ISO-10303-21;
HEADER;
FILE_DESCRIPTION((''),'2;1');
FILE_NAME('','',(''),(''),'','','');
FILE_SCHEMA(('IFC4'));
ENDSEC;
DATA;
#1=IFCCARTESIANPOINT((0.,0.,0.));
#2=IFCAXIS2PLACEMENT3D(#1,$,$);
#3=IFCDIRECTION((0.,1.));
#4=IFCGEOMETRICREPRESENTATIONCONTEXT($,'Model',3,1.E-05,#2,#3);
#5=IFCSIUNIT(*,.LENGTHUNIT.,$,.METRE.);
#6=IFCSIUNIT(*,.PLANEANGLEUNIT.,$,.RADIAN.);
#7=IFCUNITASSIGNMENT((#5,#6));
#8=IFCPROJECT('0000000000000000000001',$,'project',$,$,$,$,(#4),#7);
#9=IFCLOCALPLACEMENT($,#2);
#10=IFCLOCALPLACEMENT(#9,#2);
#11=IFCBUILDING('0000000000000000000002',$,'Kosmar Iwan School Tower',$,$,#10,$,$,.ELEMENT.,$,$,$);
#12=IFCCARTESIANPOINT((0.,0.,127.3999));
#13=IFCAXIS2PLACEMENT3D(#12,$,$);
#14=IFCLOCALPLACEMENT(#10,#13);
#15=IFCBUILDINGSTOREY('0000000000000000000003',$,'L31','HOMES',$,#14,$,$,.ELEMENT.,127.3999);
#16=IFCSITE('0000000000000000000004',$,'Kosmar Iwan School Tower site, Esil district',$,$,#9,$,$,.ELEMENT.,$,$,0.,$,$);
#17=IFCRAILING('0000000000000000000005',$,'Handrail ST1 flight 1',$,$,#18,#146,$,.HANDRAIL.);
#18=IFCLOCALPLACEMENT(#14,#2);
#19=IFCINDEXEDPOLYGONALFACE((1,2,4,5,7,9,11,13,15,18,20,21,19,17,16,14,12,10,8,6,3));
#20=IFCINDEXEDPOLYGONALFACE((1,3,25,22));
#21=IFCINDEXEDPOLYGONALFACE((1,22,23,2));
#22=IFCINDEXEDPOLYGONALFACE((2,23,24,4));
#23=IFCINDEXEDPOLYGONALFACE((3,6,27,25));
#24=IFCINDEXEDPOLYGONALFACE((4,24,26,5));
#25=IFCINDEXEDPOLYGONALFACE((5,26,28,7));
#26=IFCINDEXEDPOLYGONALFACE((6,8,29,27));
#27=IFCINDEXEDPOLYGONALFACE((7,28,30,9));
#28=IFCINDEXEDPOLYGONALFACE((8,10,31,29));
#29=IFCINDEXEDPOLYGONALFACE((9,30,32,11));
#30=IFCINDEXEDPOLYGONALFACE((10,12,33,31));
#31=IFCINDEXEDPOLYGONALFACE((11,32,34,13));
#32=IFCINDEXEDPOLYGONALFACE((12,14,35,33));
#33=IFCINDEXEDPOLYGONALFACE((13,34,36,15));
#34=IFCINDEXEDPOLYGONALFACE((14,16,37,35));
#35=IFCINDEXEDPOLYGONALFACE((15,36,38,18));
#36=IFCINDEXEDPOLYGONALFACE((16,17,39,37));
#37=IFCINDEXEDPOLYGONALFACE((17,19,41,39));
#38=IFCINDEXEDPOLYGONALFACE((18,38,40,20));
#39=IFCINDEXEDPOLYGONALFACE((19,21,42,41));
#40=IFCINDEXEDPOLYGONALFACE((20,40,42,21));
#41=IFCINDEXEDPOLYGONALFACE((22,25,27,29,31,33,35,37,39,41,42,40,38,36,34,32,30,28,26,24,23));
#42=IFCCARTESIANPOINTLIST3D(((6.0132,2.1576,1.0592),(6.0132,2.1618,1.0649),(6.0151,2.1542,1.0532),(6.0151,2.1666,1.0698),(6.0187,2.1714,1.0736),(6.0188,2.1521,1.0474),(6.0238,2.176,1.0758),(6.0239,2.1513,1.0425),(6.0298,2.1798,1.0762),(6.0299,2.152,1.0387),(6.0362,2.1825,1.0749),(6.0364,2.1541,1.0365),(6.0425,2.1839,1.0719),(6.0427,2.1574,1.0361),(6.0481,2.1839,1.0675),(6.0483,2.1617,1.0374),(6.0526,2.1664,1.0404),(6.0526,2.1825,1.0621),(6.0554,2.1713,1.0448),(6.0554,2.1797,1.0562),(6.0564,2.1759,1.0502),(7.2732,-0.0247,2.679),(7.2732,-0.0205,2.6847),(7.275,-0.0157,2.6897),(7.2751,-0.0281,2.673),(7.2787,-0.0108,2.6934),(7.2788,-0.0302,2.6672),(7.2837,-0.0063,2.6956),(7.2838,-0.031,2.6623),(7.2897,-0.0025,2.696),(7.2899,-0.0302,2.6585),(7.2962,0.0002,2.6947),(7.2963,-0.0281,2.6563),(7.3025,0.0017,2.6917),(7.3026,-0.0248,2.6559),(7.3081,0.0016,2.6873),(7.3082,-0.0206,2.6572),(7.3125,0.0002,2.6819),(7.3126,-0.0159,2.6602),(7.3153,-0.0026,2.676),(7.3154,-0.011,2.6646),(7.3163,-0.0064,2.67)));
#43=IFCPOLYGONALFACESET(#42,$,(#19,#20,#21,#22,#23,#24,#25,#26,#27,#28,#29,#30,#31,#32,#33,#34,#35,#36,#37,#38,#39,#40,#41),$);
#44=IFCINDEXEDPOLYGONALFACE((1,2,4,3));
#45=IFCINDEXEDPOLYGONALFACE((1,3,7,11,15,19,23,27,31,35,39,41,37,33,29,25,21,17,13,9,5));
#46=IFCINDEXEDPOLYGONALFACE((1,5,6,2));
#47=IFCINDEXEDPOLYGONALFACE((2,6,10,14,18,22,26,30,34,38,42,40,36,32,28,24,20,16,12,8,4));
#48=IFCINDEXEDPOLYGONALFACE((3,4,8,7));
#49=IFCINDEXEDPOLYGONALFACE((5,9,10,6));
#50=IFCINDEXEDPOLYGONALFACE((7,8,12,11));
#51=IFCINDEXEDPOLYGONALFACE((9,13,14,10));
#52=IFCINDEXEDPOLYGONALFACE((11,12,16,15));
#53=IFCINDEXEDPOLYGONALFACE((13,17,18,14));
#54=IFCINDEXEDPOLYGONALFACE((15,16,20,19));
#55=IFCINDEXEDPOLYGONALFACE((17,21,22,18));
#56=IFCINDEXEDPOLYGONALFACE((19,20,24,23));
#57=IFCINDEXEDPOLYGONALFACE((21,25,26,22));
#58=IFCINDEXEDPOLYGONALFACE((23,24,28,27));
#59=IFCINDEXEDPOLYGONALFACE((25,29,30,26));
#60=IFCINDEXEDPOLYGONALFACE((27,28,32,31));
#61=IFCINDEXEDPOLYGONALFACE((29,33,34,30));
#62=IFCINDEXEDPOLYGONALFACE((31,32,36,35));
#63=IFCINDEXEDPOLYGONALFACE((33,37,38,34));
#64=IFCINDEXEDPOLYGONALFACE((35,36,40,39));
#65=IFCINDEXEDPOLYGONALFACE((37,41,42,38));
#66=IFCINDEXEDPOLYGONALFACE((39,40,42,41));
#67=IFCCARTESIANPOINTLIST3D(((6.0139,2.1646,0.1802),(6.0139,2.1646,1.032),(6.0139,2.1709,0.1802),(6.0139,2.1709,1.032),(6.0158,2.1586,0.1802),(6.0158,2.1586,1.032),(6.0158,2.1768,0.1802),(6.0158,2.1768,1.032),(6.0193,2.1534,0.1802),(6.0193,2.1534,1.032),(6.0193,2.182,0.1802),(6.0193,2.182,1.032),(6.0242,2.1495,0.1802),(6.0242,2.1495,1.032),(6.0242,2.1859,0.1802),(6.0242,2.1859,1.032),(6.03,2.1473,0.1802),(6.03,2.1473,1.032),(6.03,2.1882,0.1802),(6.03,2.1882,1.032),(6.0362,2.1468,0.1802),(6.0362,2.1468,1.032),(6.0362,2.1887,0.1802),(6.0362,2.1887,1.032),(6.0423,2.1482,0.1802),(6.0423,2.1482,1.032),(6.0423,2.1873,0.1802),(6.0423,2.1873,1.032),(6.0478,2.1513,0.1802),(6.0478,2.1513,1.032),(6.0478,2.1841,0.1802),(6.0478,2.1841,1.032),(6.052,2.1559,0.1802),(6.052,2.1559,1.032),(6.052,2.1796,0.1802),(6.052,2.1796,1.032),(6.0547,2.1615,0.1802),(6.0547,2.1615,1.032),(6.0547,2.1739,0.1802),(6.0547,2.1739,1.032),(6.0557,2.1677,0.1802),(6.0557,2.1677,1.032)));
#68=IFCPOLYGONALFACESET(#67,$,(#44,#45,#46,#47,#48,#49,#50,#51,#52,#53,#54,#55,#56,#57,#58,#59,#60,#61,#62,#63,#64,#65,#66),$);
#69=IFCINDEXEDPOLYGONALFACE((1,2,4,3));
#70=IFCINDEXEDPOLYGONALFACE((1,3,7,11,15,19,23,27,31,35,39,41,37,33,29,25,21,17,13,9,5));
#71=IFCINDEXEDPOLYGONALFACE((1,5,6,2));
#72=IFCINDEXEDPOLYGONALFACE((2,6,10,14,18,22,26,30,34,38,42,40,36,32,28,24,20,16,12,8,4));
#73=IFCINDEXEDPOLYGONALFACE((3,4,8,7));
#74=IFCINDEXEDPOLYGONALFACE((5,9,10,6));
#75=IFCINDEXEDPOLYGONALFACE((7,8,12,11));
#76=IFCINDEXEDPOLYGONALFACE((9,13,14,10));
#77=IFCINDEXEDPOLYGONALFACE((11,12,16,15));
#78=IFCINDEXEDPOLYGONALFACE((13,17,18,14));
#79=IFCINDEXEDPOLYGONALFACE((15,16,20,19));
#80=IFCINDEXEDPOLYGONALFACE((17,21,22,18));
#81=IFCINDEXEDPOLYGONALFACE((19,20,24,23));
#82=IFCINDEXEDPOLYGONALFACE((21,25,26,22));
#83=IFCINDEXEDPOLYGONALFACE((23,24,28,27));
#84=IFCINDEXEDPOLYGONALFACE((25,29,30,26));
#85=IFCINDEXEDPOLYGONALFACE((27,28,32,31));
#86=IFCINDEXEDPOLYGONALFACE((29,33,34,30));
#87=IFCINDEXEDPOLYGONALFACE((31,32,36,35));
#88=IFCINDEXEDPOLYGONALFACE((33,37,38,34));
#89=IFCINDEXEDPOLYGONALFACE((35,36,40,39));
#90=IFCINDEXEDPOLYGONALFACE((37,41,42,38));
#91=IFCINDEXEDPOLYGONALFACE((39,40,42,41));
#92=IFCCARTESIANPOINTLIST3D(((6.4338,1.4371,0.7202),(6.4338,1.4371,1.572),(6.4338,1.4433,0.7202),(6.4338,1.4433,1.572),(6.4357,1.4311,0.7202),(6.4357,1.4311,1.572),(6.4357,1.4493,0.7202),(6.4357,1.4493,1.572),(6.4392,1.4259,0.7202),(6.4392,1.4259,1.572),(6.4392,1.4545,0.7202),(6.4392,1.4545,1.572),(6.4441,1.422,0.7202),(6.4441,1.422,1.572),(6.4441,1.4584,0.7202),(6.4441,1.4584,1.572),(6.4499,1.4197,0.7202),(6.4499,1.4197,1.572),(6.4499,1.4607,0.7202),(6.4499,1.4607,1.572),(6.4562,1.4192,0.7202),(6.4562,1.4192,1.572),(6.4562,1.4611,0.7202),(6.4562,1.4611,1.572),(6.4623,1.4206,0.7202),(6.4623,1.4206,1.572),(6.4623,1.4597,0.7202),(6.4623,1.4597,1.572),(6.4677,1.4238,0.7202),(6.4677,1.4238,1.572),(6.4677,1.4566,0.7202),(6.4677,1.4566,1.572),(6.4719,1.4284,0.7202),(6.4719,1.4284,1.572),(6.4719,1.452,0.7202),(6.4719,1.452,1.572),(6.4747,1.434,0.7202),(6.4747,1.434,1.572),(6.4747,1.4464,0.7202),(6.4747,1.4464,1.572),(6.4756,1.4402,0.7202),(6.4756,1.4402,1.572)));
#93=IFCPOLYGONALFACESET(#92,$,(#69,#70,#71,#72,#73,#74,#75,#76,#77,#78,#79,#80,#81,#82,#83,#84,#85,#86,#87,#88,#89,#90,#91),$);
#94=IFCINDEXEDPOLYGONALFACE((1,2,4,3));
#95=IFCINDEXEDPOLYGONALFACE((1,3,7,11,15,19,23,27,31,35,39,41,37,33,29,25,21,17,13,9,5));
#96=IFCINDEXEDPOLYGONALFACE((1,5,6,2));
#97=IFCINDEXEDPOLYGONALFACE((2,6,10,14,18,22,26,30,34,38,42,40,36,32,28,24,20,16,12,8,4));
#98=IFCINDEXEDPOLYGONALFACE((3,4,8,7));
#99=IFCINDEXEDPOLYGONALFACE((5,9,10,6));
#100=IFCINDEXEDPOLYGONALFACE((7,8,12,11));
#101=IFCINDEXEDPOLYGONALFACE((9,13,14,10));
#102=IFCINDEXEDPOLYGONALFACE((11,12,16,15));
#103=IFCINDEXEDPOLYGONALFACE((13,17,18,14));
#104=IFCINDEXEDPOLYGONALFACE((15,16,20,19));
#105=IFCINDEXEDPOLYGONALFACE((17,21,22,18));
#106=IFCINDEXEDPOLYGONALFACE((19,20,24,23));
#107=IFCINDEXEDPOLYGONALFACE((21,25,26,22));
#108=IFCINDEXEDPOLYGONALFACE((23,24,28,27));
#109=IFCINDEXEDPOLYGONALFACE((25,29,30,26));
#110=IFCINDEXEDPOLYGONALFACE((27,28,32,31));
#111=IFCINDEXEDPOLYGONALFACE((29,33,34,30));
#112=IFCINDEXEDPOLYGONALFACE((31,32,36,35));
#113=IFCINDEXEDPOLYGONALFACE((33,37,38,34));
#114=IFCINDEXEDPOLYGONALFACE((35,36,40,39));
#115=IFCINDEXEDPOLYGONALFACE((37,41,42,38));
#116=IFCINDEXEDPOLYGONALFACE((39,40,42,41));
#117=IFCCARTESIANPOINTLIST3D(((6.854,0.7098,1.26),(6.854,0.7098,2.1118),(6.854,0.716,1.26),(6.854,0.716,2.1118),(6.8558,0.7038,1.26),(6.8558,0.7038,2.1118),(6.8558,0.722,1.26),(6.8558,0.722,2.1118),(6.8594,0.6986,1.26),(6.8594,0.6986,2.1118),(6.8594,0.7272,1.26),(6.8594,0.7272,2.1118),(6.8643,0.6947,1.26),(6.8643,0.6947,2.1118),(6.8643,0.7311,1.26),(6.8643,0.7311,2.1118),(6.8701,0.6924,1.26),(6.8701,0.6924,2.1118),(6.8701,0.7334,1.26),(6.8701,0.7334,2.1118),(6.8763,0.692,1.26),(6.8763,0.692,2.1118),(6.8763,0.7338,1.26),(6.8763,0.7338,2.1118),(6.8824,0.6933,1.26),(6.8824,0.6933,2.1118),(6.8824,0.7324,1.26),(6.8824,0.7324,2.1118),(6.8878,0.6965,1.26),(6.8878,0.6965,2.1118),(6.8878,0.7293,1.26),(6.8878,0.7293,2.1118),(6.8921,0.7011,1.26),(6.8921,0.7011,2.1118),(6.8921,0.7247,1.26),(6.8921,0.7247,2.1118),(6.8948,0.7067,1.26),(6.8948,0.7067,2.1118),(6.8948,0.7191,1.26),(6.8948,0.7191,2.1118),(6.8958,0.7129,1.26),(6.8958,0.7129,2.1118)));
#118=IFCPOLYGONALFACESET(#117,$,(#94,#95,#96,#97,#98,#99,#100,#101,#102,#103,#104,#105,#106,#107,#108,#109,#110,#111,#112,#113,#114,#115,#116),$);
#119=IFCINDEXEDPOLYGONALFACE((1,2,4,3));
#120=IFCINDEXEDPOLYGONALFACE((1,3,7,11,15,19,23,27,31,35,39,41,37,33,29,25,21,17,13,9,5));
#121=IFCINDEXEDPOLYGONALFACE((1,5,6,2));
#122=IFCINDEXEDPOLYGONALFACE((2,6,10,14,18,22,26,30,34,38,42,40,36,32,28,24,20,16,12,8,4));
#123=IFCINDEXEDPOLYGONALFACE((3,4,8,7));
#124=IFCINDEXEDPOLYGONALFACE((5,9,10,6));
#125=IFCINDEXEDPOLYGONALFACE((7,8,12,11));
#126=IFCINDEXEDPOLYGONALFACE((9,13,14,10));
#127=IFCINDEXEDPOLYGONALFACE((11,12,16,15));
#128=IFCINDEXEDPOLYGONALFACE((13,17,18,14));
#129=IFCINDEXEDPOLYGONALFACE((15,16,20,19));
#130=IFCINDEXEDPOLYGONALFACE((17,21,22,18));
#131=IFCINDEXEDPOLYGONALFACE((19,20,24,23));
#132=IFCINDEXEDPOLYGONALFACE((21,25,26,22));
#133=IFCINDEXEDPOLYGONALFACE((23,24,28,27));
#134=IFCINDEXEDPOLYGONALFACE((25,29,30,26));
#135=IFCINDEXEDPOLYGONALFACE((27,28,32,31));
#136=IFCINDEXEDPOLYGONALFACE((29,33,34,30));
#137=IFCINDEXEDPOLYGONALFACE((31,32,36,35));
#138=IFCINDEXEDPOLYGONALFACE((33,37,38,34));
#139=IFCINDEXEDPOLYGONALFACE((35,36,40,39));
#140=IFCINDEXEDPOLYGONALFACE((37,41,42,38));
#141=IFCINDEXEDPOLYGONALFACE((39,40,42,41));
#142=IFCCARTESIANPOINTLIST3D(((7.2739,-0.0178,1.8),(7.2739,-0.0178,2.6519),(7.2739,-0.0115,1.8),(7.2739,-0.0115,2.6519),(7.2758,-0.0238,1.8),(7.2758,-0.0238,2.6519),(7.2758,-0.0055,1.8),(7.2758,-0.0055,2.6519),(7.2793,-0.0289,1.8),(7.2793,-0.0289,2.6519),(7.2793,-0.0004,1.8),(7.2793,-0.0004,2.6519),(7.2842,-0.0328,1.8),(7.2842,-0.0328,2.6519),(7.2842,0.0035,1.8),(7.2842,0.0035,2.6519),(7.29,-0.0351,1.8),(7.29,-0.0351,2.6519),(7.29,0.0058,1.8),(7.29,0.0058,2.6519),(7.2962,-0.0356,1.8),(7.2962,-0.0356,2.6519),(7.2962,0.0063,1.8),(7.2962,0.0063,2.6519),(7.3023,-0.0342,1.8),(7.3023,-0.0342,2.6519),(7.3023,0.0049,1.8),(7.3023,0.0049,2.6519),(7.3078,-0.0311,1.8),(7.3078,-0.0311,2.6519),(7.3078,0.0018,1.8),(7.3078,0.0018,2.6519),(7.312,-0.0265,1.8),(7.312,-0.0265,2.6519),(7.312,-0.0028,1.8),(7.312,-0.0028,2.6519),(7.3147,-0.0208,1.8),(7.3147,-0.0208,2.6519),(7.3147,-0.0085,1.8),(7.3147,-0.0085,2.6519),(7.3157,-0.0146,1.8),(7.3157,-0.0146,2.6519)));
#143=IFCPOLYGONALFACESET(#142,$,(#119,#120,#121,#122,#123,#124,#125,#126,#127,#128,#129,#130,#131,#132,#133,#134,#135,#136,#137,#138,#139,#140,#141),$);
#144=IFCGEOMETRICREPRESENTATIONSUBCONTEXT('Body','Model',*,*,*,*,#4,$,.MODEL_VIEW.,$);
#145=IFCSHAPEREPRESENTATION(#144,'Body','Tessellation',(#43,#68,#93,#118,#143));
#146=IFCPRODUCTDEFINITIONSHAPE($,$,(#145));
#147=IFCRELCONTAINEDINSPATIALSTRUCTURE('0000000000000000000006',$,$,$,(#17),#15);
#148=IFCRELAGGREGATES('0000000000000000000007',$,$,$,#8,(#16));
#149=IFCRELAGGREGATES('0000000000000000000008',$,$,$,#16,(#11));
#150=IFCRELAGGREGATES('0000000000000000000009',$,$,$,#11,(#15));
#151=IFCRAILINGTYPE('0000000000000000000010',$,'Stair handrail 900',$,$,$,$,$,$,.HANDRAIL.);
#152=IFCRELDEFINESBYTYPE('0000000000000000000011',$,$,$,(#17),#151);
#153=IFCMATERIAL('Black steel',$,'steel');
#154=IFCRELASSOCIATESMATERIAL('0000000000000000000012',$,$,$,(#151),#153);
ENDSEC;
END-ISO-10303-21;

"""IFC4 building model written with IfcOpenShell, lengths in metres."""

from ifc_helpers import new_model, si_unit, direction, frame, origin, origin_2d, place, context, subcontext, project, spatial, circle, extrude, material, type_object, element, save


model = new_model("IFC4")

# Units and contexts
model_context = context("Model", 3, precision=1e-05, world=origin(), true_north=direction((0.0, 1.0)))
body_context = subcontext(model_context, "Body", "Model", "MODEL_VIEW")
ifc_project = project(units=[si_unit("LENGTHUNIT", "METRE"), si_unit("PLANEANGLEUNIT", "RADIAN")], contexts=[model_context])

# Site, building, storey
site_placement = place(None, origin())
site = spatial("IfcSite", under=ifc_project, at=site_placement, Name="Kosmar Iwan School Tower site, Esil district", CompositionType="ELEMENT", RefElevation=0.0)
building_placement = place(site_placement, origin())
building = spatial("IfcBuilding", under=site, at=building_placement, Name="Kosmar Iwan School Tower", CompositionType="ELEMENT")
storey_placement = place(building_placement, frame((0.0, 0.0, 127.3999)))
storey = spatial("IfcBuildingStorey", under=building, at=storey_placement, Name="L31", Description="HOMES", CompositionType="ELEMENT", Elevation=127.3999)

# Railing
ifc_material_1 = material(Name="Black steel", Category="steel")
railing_type = type_object("IfcRailingType", Name="Stair handrail 900", PredefinedType="HANDRAIL", material=ifc_material_1)
railing_placement = place(storey_placement, frame((6.0347, 2.1677, 0.1802)))
element("IfcRailing", 1, at=railing_placement, inside=storey, type_object=railing_type, Name="Handrail ST1 flight 1", PredefinedType="HANDRAIL", context=body_context, shape_type="SweptSolid", body=[
    extrude(circle(Radius=0.0239, at=origin_2d()), frame((0.0, 0.0, 0.876), z_axis=(0.420603, -0.728496, 0.540728), x_axis=(0.866023, 0.500005, 0.0)), (0.0, 0.0, 1.0), 2.9956),
    extrude(circle(Radius=0.021, at=origin_2d()), origin(), (0.0, 0.0, 1.0), 0.8518),
    extrude(circle(Radius=0.021, at=origin_2d()), frame((0.4199, -0.7275, 0.54)), (0.0, 0.0, 1.0), 0.8518),
    extrude(circle(Radius=0.021, at=origin_2d()), frame((0.8401, -1.4548, 1.0798)), (0.0, 0.0, 1.0), 0.8518),
    extrude(circle(Radius=0.021, at=origin_2d()), frame((1.26, -2.1824, 1.6199)), (0.0, 0.0, 1.0), 0.8518),
])

save(model, "model.ifc")
